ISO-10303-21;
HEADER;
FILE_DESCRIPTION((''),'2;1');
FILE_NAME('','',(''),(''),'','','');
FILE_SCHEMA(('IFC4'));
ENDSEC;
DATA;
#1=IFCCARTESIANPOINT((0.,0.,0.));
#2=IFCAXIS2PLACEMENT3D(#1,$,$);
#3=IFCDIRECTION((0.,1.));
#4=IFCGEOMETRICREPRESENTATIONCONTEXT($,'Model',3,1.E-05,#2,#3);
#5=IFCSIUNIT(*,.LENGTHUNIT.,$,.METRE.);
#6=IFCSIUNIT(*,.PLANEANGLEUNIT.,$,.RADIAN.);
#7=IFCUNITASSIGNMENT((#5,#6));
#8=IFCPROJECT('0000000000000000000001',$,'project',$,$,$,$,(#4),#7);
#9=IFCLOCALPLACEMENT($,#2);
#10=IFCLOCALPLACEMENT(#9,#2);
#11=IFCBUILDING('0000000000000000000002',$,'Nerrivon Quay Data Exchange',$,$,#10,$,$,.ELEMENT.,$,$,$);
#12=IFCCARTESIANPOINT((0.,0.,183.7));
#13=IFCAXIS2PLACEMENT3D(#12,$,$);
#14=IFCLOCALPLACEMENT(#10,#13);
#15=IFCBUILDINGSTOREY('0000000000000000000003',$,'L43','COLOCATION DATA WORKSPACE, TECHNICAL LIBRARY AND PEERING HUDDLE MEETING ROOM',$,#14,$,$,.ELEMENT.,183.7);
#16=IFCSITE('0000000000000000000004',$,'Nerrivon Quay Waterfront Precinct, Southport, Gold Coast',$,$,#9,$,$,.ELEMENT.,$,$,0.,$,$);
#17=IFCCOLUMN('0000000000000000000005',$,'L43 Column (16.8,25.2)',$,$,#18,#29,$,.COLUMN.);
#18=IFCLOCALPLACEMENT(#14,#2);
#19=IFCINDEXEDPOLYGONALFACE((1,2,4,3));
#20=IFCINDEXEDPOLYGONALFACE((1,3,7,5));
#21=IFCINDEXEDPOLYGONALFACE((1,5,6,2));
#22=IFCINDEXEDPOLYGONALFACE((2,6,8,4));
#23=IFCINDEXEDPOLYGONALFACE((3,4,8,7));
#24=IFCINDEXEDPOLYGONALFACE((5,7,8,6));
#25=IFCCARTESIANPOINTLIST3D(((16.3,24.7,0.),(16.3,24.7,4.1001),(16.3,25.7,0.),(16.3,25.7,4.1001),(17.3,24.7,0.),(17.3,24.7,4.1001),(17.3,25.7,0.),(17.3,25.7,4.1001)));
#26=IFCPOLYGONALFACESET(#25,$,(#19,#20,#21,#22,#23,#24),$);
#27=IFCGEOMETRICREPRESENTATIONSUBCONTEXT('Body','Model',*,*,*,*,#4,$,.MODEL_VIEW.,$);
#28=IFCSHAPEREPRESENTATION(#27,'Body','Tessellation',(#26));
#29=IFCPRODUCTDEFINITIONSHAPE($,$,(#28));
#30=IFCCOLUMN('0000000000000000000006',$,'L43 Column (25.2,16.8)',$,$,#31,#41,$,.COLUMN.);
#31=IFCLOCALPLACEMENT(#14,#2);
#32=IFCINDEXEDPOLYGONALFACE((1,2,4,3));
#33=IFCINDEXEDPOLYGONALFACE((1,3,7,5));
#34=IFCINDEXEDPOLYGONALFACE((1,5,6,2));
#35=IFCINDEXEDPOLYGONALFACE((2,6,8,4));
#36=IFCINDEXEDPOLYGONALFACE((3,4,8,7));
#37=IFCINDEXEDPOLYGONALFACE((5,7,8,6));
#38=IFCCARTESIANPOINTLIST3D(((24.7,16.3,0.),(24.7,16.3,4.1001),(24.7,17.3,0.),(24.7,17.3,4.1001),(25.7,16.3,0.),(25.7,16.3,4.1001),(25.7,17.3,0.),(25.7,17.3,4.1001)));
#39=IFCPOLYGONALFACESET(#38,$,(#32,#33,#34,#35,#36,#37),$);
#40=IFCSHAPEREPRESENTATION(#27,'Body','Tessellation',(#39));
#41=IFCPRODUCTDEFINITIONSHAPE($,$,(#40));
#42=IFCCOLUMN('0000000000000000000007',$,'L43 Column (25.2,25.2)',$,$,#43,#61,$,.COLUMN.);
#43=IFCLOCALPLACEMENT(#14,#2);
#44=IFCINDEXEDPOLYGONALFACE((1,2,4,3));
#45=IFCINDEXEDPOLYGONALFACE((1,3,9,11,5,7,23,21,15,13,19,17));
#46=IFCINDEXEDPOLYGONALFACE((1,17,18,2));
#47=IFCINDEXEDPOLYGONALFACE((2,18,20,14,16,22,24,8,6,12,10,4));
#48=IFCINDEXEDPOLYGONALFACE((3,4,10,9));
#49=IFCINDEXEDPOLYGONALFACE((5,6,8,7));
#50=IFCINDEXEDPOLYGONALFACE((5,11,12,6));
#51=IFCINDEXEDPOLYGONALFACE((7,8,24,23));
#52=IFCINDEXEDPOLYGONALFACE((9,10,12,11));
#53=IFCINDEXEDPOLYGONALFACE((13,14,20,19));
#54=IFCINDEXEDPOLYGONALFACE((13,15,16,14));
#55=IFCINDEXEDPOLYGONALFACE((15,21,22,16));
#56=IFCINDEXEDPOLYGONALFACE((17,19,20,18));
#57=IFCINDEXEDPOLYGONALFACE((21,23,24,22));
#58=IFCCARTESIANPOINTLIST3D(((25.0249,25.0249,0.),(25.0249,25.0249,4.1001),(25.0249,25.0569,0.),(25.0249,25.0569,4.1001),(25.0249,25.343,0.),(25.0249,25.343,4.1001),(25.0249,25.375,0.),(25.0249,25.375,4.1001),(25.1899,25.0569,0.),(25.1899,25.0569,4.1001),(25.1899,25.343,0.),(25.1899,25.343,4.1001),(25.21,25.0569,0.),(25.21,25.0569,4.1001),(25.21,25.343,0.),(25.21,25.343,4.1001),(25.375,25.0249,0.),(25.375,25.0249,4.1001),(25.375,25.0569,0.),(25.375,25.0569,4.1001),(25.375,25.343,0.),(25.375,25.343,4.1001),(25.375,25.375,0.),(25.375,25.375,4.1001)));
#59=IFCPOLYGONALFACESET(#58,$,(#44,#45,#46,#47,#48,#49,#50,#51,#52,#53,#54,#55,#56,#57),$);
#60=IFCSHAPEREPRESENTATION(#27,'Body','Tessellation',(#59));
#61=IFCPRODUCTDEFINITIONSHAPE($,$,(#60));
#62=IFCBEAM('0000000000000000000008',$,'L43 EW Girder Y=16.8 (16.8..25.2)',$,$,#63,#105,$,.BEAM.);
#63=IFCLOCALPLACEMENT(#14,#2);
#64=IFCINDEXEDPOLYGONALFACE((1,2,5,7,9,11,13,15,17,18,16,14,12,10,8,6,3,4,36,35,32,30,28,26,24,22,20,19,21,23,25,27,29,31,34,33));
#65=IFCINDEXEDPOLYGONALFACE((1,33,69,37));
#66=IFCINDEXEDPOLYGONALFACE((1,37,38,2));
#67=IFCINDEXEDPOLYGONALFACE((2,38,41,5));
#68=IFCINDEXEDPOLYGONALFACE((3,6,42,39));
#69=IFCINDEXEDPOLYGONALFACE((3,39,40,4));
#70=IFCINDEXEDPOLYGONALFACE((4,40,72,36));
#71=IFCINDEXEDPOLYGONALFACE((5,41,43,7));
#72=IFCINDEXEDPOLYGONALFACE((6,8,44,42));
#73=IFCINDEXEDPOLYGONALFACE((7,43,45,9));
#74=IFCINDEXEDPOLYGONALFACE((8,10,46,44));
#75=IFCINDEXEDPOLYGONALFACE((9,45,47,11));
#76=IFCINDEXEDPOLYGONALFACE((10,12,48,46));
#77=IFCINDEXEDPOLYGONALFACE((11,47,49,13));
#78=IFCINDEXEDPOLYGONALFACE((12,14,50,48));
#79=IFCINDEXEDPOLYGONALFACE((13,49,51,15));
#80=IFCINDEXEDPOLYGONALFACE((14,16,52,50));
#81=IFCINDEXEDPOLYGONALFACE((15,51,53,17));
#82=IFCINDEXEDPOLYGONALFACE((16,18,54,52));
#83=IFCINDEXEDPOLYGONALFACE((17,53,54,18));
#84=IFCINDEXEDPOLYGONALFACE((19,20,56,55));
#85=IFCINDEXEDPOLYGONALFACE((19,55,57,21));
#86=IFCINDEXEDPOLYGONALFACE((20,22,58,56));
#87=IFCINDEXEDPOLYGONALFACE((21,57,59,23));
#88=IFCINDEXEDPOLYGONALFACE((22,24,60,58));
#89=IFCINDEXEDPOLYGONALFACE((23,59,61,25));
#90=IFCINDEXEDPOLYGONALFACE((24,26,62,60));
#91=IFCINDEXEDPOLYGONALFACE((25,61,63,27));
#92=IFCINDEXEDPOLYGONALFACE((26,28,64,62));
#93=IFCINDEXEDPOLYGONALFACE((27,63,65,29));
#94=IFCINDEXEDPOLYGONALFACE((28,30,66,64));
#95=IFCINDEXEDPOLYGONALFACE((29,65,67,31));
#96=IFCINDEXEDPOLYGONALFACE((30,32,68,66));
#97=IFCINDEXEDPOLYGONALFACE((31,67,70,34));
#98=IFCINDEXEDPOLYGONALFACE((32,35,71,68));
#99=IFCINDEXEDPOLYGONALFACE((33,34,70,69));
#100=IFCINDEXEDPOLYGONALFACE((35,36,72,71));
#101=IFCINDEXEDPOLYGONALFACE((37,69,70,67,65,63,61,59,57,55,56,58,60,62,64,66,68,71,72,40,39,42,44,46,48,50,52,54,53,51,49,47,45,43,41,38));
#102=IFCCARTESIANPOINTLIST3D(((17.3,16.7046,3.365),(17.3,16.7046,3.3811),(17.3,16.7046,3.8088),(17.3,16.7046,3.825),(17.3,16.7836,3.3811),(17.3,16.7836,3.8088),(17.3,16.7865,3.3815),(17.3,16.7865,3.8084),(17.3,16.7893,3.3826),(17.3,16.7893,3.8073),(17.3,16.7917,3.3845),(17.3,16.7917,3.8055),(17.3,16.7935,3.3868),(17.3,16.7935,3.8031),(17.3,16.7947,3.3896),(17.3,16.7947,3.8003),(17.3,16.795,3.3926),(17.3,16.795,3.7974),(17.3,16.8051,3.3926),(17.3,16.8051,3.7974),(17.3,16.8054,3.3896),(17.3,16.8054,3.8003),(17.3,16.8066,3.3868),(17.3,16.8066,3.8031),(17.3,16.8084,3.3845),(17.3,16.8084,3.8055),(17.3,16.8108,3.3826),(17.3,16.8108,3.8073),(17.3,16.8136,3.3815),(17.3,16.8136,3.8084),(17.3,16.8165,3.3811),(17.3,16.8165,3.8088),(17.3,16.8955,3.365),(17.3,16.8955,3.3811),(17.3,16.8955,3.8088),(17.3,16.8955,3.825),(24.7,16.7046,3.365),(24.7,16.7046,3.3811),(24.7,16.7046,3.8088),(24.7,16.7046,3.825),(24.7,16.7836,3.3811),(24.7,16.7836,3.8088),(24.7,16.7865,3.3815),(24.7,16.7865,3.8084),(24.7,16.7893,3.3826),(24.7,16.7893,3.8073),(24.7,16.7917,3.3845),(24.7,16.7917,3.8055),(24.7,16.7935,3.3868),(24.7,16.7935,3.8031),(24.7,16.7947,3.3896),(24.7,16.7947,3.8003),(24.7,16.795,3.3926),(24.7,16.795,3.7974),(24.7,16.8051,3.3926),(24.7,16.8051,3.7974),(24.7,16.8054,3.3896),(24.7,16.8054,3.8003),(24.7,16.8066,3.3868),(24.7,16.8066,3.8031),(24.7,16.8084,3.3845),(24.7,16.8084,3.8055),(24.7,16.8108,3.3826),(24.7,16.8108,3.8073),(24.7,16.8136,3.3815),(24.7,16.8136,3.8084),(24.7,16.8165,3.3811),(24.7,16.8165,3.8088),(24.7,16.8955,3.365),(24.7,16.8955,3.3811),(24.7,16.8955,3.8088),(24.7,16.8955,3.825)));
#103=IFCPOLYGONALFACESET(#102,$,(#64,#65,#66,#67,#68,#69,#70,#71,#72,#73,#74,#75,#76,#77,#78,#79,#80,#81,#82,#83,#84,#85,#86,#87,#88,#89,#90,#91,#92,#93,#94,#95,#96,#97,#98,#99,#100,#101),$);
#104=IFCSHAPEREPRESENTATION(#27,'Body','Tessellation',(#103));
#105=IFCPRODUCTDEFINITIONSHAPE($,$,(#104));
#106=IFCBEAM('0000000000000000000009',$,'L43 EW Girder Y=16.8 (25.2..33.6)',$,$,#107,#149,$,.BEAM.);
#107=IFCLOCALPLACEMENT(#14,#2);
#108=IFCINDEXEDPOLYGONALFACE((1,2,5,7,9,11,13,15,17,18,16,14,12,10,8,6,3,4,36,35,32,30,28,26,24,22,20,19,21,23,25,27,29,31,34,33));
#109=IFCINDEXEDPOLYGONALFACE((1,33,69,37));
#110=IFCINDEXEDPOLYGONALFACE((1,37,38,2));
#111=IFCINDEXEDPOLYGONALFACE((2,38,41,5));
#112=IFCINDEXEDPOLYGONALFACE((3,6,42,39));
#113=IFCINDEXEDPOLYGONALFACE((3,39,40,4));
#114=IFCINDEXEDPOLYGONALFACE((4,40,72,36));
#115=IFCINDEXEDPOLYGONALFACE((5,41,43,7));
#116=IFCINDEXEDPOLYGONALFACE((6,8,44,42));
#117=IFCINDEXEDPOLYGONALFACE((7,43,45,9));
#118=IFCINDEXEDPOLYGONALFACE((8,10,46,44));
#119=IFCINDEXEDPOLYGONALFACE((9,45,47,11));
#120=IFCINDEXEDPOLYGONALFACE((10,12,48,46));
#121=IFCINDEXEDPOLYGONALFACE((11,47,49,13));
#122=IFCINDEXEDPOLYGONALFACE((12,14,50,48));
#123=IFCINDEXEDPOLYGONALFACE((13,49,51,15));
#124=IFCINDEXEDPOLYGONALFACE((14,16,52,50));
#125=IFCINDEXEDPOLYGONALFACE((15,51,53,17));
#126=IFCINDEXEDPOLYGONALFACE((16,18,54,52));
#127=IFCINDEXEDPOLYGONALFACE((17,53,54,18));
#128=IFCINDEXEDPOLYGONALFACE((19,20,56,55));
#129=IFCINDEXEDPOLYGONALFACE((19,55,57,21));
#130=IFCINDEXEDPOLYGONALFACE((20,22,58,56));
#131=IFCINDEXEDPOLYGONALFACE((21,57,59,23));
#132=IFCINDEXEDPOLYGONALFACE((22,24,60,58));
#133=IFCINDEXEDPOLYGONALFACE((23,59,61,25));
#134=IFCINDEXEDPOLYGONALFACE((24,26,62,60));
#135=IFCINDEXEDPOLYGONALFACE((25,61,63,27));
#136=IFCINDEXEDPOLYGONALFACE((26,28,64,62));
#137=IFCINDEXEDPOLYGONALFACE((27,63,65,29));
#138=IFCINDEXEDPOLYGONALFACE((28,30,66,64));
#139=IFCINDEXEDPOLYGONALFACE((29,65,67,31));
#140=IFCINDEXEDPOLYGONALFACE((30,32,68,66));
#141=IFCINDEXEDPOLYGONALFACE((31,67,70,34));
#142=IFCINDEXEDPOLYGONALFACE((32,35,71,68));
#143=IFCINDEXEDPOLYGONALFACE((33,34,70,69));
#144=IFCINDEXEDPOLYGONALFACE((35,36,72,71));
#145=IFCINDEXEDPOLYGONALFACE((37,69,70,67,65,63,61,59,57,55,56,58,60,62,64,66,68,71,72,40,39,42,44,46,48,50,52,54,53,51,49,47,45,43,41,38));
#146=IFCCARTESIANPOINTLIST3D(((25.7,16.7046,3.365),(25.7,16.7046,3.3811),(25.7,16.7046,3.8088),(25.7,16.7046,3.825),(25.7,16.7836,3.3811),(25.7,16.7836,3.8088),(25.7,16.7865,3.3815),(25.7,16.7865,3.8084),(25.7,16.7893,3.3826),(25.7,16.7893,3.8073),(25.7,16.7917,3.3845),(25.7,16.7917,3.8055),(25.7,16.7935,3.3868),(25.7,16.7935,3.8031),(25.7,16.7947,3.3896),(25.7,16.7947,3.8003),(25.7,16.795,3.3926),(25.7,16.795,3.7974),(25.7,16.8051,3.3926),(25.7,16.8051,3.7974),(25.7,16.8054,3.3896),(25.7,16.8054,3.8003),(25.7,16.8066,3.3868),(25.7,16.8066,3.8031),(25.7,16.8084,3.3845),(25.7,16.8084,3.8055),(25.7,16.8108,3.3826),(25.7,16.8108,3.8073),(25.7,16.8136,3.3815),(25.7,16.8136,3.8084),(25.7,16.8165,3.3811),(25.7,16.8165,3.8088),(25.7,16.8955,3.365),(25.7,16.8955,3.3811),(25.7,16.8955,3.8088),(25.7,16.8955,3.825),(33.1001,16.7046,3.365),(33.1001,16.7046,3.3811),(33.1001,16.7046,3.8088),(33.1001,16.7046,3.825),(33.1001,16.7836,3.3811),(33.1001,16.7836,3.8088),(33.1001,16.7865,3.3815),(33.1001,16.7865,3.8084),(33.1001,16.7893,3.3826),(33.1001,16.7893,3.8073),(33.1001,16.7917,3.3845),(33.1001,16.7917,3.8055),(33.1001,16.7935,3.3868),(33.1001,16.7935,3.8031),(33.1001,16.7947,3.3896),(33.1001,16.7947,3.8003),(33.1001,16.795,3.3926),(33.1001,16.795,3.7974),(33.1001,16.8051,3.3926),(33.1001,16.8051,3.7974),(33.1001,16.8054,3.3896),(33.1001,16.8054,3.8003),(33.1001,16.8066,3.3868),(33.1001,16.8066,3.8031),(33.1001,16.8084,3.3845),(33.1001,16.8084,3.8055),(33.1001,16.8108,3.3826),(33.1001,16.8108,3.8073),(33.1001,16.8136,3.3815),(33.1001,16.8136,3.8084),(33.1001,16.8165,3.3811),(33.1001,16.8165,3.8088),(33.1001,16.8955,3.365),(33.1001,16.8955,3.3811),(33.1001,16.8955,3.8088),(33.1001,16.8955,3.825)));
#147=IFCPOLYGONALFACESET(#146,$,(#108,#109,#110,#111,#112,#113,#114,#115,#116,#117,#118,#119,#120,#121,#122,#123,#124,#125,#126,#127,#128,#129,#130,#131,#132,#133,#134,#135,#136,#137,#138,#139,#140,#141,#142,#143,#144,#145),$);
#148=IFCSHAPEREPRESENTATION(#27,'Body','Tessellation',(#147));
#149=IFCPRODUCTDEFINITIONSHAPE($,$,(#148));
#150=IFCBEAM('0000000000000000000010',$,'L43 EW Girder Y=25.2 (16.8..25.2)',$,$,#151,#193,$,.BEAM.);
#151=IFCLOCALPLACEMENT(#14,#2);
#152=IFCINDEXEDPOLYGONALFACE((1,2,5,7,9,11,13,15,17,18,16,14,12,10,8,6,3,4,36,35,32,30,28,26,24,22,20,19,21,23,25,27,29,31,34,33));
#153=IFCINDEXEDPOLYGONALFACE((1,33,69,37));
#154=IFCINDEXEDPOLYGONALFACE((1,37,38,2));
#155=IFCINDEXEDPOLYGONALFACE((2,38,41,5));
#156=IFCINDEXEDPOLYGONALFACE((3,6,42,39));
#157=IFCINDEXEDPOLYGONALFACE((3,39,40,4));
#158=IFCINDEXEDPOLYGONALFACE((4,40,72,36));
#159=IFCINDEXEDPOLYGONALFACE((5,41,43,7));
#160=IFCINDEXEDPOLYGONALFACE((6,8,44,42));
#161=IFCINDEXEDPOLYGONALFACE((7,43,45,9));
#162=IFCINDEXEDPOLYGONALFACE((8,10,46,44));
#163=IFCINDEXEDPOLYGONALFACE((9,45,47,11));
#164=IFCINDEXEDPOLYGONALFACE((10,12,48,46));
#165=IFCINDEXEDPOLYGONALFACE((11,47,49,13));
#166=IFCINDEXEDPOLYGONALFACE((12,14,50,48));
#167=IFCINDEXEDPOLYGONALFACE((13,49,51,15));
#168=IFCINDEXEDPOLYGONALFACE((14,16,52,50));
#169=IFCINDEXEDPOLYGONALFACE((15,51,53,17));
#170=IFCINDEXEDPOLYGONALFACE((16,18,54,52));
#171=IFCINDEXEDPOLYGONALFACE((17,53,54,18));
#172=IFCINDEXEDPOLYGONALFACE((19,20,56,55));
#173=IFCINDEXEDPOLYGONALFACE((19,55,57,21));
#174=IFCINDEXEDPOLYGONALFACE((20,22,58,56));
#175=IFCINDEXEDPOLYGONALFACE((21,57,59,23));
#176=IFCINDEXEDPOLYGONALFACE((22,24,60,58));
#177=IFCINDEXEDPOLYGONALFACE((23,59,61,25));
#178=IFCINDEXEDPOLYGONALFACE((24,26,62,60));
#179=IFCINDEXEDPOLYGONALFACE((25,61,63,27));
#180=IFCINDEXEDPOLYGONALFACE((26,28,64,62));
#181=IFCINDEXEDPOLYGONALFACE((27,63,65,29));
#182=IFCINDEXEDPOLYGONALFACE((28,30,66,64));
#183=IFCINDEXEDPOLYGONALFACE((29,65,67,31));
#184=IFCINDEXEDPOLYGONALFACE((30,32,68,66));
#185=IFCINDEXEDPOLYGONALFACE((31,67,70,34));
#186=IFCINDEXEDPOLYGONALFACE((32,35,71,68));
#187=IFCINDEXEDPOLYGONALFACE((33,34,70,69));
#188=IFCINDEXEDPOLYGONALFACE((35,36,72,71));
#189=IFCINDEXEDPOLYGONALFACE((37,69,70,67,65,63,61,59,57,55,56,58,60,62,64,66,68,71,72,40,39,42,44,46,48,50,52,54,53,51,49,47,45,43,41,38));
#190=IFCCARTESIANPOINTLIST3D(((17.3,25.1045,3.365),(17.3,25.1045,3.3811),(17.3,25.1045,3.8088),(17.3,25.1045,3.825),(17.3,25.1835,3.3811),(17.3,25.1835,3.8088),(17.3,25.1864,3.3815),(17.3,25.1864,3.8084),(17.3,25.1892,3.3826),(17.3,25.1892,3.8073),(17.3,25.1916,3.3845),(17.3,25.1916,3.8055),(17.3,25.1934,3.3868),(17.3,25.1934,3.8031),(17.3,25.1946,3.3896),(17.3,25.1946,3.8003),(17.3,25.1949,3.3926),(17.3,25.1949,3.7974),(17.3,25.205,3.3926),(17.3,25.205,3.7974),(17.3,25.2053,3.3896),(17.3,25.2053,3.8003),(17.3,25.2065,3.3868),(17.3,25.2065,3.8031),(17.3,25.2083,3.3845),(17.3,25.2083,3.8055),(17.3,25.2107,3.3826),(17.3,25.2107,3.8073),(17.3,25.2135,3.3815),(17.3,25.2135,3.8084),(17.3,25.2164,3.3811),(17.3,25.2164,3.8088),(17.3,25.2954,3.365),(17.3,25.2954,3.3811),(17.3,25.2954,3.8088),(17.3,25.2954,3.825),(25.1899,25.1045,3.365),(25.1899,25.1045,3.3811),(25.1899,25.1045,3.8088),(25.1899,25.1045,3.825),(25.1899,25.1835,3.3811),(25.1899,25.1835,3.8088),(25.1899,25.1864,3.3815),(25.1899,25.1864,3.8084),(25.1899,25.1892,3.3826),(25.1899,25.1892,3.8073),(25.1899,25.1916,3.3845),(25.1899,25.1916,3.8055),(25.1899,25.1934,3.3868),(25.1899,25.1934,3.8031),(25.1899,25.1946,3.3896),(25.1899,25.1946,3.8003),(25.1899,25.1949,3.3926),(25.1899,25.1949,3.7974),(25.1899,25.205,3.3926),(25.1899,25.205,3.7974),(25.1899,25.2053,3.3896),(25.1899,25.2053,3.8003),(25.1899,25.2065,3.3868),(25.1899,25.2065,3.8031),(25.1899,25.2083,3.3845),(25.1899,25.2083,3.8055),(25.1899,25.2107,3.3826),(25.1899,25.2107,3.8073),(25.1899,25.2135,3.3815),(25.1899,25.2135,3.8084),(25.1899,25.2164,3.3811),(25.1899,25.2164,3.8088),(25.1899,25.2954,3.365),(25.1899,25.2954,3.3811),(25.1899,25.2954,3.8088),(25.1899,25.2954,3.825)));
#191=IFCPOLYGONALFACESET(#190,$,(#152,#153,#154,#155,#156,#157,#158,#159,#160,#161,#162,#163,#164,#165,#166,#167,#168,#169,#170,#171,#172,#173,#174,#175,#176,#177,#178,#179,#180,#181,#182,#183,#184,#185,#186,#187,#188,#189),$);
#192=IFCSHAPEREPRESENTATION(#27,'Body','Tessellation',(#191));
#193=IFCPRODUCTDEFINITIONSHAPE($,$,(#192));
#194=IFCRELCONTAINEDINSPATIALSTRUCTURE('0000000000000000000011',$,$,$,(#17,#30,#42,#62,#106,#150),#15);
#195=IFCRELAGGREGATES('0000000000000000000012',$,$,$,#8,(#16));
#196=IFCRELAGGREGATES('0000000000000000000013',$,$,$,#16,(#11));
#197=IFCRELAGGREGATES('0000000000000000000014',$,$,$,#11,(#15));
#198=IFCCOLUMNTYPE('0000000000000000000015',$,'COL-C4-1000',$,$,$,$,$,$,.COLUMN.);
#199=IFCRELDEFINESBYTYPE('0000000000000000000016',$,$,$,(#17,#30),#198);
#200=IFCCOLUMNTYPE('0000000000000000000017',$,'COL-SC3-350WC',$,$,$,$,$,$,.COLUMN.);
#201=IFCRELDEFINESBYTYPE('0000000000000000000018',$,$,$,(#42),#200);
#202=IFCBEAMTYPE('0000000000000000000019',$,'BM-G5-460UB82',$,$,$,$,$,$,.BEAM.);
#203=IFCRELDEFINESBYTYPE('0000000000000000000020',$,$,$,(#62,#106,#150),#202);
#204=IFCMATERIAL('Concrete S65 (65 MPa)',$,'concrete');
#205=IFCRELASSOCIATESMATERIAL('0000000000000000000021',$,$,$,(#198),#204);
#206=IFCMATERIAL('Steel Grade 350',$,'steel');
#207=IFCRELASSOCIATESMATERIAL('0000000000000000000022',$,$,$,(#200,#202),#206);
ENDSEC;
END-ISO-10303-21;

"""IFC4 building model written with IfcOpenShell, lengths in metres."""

from ifc_helpers import new_model, si_unit, direction, frame, origin, origin_2d, place, context, subcontext, project, spatial, rectangle, i_section, extrude, material, material_profile, profile_set, type_object, element, save


model = new_model("IFC4")

# Units and contexts
model_context = context("Model", 3, precision=1e-05, world=origin(), true_north=direction((0.0, 1.0)))
body_context = subcontext(model_context, "Body", "Model", "MODEL_VIEW")
ifc_project = project(units=[si_unit("LENGTHUNIT", "METRE"), si_unit("PLANEANGLEUNIT", "RADIAN")], contexts=[model_context])

# Site, building, storey
site_placement = place(None, origin())
site = spatial("IfcSite", under=ifc_project, at=site_placement, Name="Nerrivon Quay Waterfront Precinct, Southport, Gold Coast", CompositionType="ELEMENT", RefElevation=0.0)
building_placement = place(site_placement, origin())
building = spatial("IfcBuilding", under=site, at=building_placement, Name="Nerrivon Quay Data Exchange", CompositionType="ELEMENT")
storey_placement = place(building_placement, frame((0.0, 0.0, 183.7)))
storey = spatial("IfcBuildingStorey", under=building, at=storey_placement, Name="L43", Description="COLOCATION DATA WORKSPACE, TECHNICAL LIBRARY AND PEERING HUDDLE MEETING ROOM", CompositionType="ELEMENT", Elevation=183.7)

# Columns
ifc_material_1 = material(Name="Concrete S65 (65 MPa)", Category="concrete")
ifc_material_profile_1 = material_profile(ifc_material_1, rectangle(XDim=1.0, YDim=1.0, at=origin_2d()), Name="RC-COL-1000x1000")
ifc_profile_set_1 = profile_set([ifc_material_profile_1], Name="Concrete S65 (65 MPa)")
column_type_1 = type_object("IfcColumnType", Name="COL-C4-1000", PredefinedType="COLUMN", material=ifc_profile_set_1)
for number, where, z_axis, x_axis, name in (
    (1, (16.8, 25.2, 0.0), (0.0, 0.0, 1.0), (1.0, 0.0, 0.0), "L43 Column (16.8,25.2)"),
    (2, (25.2, 16.8, 0.0), (0.0, 0.0, 1.0), (1.0, 0.0, 0.0), "L43 Column (25.2,16.8)"),
):
    element("IfcColumn", number, at=place(storey_placement, frame(where, z_axis=z_axis, x_axis=x_axis)), inside=storey, type_object=column_type_1, Name=name, PredefinedType="COLUMN", context=body_context, shape_type="SweptSolid", body=[
        extrude(rectangle(XDim=1.0, YDim=1.0, at=origin_2d()), origin(), (0.0, 0.0, 1.0), 4.1001),
    ])
ifc_material_2 = material(Name="Steel Grade 350", Category="steel")
ifc_material_profile_2 = material_profile(ifc_material_2, i_section(OverallWidth=0.3501, OverallDepth=0.3501, WebThickness=0.02, FlangeThickness=0.032, at=origin_2d()), Name="350WC230")
ifc_profile_set_2 = profile_set([ifc_material_profile_2], Name="Steel Grade 350")
column_type_2 = type_object("IfcColumnType", Name="COL-SC3-350WC", PredefinedType="COLUMN", material=ifc_profile_set_2)
column_placement = place(storey_placement, frame((25.2, 25.2, 0.0), z_axis=(0.0, 0.0, 1.0), x_axis=(1.0, 0.0, 0.0)))
element("IfcColumn", 3, at=column_placement, inside=storey, type_object=column_type_2, Name="L43 Column (25.2,25.2)", PredefinedType="COLUMN", context=body_context, shape_type="SweptSolid", body=[
    extrude(i_section(OverallWidth=0.3501, OverallDepth=0.3501, WebThickness=0.02, FlangeThickness=0.032, at=origin_2d()), origin(), (0.0, 0.0, 1.0), 4.1001),
])

# Beams
ifc_material_profile_3 = material_profile(ifc_material_2, i_section(OverallWidth=0.1909, OverallDepth=0.46, WebThickness=0.01, FlangeThickness=0.0161, FilletRadius=0.0115, at=origin_2d()), Name="460UB82.1")
ifc_profile_set_3 = profile_set([ifc_material_profile_3], Name="Steel Grade 350")
beam_type_1 = type_object("IfcBeamType", Name="BM-G5-460UB82", PredefinedType="BEAM", material=ifc_profile_set_3)
beam_1_placement = place(storey_placement, frame((17.3, 16.8, 3.595), z_axis=(1.0, 0.0, 0.0), x_axis=(0.0, 1.0, 0.0)))
element("IfcBeam", 4, at=beam_1_placement, inside=storey, type_object=beam_type_1, Name="L43 EW Girder Y=16.8 (16.8..25.2)", PredefinedType="BEAM", context=body_context, shape_type="SweptSolid", body=[
    extrude(i_section(OverallWidth=0.1909, OverallDepth=0.46, WebThickness=0.01, FlangeThickness=0.0161, FilletRadius=0.0115, at=origin_2d()), origin(), (0.0, 0.0, 1.0), 7.3999),
])
beam_2_placement = place(storey_placement, frame((25.7, 16.8, 3.595), z_axis=(1.0, 0.0, 0.0), x_axis=(0.0, 1.0, 0.0)))
element("IfcBeam", 5, at=beam_2_placement, inside=storey, type_object=beam_type_1, Name="L43 EW Girder Y=16.8 (25.2..33.6)", PredefinedType="BEAM", context=body_context, shape_type="SweptSolid", body=[
    extrude(i_section(OverallWidth=0.1909, OverallDepth=0.46, WebThickness=0.01, FlangeThickness=0.0161, FilletRadius=0.0115, at=origin_2d()), origin(), (0.0, 0.0, 1.0), 7.4001),
])
beam_3_placement = place(storey_placement, frame((17.3, 25.2, 3.595), z_axis=(1.0, 0.0, 0.0), x_axis=(0.0, 1.0, 0.0)))
element("IfcBeam", 6, at=beam_3_placement, inside=storey, type_object=beam_type_1, Name="L43 EW Girder Y=25.2 (16.8..25.2)", PredefinedType="BEAM", context=body_context, shape_type="SweptSolid", body=[
    extrude(i_section(OverallWidth=0.1909, OverallDepth=0.46, WebThickness=0.01, FlangeThickness=0.0161, FilletRadius=0.0115, at=origin_2d()), origin(), (0.0, 0.0, 1.0), 7.8899),
])

save(model, "model.ifc")
